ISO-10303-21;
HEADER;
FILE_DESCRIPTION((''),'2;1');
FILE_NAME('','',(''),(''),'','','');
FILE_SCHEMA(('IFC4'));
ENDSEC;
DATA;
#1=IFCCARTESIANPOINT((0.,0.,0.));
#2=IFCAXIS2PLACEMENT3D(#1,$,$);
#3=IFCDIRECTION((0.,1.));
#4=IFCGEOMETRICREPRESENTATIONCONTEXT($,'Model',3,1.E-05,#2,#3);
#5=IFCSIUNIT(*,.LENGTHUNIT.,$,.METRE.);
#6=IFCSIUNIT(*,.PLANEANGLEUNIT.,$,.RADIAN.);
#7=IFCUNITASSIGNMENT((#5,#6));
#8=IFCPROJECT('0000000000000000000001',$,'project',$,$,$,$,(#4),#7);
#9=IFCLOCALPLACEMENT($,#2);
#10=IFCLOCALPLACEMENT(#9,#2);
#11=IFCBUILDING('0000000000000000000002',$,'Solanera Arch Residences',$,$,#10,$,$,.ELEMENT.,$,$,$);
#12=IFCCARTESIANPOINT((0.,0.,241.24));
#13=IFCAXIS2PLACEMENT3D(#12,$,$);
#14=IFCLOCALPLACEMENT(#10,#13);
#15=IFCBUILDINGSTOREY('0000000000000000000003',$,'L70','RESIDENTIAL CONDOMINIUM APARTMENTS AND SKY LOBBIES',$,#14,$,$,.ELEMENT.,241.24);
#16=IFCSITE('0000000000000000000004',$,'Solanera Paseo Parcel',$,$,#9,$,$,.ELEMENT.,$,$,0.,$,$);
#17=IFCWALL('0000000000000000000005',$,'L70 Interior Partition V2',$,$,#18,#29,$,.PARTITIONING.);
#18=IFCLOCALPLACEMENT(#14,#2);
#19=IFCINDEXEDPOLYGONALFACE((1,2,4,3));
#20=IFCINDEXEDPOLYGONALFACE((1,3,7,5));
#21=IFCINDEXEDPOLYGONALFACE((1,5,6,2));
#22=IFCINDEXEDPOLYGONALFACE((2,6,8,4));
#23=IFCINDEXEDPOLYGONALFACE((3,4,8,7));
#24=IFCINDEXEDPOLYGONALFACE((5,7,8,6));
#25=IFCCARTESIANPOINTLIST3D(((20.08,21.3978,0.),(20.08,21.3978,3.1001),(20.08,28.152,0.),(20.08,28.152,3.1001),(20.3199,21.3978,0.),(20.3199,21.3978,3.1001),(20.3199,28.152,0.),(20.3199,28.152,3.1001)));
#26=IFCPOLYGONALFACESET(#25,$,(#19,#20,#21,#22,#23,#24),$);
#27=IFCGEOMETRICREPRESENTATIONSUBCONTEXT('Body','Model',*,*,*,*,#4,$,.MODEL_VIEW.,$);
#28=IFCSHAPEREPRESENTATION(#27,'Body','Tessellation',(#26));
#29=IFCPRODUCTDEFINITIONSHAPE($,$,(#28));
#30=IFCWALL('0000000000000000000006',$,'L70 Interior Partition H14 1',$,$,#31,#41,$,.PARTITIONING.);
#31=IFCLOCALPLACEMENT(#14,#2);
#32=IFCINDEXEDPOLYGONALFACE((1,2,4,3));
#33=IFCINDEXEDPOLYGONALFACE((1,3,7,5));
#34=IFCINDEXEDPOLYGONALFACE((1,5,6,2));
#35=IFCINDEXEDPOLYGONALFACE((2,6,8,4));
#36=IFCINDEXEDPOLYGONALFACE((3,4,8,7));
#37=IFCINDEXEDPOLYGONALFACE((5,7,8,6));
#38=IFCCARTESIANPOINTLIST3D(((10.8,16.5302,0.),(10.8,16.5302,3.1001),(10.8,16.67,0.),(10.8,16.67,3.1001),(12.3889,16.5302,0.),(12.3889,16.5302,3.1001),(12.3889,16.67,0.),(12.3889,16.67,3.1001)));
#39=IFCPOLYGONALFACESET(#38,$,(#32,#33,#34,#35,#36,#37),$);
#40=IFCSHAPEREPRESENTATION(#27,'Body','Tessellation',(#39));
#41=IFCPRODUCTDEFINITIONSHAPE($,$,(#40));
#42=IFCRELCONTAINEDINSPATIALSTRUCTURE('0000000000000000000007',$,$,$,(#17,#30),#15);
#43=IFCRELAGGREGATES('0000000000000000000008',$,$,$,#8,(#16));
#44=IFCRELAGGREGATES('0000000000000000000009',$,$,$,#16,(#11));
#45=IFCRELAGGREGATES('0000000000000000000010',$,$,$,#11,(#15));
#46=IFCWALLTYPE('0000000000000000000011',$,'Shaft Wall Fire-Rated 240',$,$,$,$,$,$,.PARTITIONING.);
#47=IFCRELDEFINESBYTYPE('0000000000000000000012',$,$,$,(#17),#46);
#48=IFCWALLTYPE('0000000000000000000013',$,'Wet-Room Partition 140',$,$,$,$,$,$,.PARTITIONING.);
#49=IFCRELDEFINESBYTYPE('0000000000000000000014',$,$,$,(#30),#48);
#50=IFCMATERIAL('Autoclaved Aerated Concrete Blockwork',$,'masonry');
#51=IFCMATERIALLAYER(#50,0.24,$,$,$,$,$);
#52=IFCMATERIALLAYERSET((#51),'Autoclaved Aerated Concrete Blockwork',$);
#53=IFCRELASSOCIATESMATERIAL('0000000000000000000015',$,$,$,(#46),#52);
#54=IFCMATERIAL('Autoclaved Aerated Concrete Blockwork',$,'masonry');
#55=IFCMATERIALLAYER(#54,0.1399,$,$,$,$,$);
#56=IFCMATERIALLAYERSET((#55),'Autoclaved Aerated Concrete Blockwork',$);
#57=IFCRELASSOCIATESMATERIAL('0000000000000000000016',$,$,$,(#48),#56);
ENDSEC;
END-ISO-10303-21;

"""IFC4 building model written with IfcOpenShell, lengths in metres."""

from ifc_helpers import new_model, si_unit, direction, frame, frame_2d, origin, place, context, subcontext, project, spatial, rectangle, extrude, material, layer, layer_set, type_object, element, save


model = new_model("IFC4")

# Units and contexts
model_context = context("Model", 3, precision=1e-05, world=origin(), true_north=direction((0.0, 1.0)))
body_context = subcontext(model_context, "Body", "Model", "MODEL_VIEW")
ifc_project = project(units=[si_unit("LENGTHUNIT", "METRE"), si_unit("PLANEANGLEUNIT", "RADIAN")], contexts=[model_context])

# Site, building, storey
site_placement = place(None, origin())
site = spatial("IfcSite", under=ifc_project, at=site_placement, Name="Solanera Paseo Parcel", CompositionType="ELEMENT", RefElevation=0.0)
building_placement = place(site_placement, origin())
building = spatial("IfcBuilding", under=site, at=building_placement, Name="Solanera Arch Residences", CompositionType="ELEMENT")
storey_placement = place(building_placement, frame((0.0, 0.0, 241.24)))
storey = spatial("IfcBuildingStorey", under=building, at=storey_placement, Name="L70", Description="RESIDENTIAL CONDOMINIUM APARTMENTS AND SKY LOBBIES", CompositionType="ELEMENT", Elevation=241.24)

# Shared definitions
ifc_material_1 = material(Name="Autoclaved Aerated Concrete Blockwork", Category="masonry")
ifc_layer_1 = layer(ifc_material_1, 0.24)
ifc_layer_set_1 = layer_set([ifc_layer_1], Name="Autoclaved Aerated Concrete Blockwork")
wall_type_1 = type_object("IfcWallType", Name="Shaft Wall Fire-Rated 240", PredefinedType="PARTITIONING", material=ifc_layer_set_1)

# Walls
wall_1_placement = place(storey_placement, frame((20.2, 21.3979, 0.0), z_axis=(0.0, 0.0, 1.0), x_axis=(0.0, 1.0, 0.0)))
element("IfcWall", 1, at=wall_1_placement, inside=storey, type_object=wall_type_1, Name="L70 Interior Partition V2", PredefinedType="PARTITIONING", context=body_context, shape_type="SweptSolid", body=[
    extrude(rectangle(XDim=6.7542, YDim=0.24, at=frame_2d((3.377, 0.0))), origin(), (0.0, 0.0, 1.0), 3.1001),
])
ifc_material_2 = material(Name="Autoclaved Aerated Concrete Blockwork", Category="masonry")
ifc_layer_2 = layer(ifc_material_2, 0.1399)
ifc_layer_set_2 = layer_set([ifc_layer_2], Name="Autoclaved Aerated Concrete Blockwork")
wall_type_2 = type_object("IfcWallType", Name="Wet-Room Partition 140", PredefinedType="PARTITIONING", material=ifc_layer_set_2)
wall_2_placement = place(storey_placement, frame((10.8, 16.6001, 0.0), z_axis=(0.0, 0.0, 1.0), x_axis=(1.0, 0.0, 0.0)))
element("IfcWall", 2, at=wall_2_placement, inside=storey, type_object=wall_type_2, Name="L70 Interior Partition H14 1", PredefinedType="PARTITIONING", context=body_context, shape_type="SweptSolid", body=[
    extrude(rectangle(XDim=1.5889, YDim=0.1399, at=frame_2d((0.7944, 0.0))), origin(), (0.0, 0.0, 1.0), 3.1001),
])

save(model, "model.ifc")
